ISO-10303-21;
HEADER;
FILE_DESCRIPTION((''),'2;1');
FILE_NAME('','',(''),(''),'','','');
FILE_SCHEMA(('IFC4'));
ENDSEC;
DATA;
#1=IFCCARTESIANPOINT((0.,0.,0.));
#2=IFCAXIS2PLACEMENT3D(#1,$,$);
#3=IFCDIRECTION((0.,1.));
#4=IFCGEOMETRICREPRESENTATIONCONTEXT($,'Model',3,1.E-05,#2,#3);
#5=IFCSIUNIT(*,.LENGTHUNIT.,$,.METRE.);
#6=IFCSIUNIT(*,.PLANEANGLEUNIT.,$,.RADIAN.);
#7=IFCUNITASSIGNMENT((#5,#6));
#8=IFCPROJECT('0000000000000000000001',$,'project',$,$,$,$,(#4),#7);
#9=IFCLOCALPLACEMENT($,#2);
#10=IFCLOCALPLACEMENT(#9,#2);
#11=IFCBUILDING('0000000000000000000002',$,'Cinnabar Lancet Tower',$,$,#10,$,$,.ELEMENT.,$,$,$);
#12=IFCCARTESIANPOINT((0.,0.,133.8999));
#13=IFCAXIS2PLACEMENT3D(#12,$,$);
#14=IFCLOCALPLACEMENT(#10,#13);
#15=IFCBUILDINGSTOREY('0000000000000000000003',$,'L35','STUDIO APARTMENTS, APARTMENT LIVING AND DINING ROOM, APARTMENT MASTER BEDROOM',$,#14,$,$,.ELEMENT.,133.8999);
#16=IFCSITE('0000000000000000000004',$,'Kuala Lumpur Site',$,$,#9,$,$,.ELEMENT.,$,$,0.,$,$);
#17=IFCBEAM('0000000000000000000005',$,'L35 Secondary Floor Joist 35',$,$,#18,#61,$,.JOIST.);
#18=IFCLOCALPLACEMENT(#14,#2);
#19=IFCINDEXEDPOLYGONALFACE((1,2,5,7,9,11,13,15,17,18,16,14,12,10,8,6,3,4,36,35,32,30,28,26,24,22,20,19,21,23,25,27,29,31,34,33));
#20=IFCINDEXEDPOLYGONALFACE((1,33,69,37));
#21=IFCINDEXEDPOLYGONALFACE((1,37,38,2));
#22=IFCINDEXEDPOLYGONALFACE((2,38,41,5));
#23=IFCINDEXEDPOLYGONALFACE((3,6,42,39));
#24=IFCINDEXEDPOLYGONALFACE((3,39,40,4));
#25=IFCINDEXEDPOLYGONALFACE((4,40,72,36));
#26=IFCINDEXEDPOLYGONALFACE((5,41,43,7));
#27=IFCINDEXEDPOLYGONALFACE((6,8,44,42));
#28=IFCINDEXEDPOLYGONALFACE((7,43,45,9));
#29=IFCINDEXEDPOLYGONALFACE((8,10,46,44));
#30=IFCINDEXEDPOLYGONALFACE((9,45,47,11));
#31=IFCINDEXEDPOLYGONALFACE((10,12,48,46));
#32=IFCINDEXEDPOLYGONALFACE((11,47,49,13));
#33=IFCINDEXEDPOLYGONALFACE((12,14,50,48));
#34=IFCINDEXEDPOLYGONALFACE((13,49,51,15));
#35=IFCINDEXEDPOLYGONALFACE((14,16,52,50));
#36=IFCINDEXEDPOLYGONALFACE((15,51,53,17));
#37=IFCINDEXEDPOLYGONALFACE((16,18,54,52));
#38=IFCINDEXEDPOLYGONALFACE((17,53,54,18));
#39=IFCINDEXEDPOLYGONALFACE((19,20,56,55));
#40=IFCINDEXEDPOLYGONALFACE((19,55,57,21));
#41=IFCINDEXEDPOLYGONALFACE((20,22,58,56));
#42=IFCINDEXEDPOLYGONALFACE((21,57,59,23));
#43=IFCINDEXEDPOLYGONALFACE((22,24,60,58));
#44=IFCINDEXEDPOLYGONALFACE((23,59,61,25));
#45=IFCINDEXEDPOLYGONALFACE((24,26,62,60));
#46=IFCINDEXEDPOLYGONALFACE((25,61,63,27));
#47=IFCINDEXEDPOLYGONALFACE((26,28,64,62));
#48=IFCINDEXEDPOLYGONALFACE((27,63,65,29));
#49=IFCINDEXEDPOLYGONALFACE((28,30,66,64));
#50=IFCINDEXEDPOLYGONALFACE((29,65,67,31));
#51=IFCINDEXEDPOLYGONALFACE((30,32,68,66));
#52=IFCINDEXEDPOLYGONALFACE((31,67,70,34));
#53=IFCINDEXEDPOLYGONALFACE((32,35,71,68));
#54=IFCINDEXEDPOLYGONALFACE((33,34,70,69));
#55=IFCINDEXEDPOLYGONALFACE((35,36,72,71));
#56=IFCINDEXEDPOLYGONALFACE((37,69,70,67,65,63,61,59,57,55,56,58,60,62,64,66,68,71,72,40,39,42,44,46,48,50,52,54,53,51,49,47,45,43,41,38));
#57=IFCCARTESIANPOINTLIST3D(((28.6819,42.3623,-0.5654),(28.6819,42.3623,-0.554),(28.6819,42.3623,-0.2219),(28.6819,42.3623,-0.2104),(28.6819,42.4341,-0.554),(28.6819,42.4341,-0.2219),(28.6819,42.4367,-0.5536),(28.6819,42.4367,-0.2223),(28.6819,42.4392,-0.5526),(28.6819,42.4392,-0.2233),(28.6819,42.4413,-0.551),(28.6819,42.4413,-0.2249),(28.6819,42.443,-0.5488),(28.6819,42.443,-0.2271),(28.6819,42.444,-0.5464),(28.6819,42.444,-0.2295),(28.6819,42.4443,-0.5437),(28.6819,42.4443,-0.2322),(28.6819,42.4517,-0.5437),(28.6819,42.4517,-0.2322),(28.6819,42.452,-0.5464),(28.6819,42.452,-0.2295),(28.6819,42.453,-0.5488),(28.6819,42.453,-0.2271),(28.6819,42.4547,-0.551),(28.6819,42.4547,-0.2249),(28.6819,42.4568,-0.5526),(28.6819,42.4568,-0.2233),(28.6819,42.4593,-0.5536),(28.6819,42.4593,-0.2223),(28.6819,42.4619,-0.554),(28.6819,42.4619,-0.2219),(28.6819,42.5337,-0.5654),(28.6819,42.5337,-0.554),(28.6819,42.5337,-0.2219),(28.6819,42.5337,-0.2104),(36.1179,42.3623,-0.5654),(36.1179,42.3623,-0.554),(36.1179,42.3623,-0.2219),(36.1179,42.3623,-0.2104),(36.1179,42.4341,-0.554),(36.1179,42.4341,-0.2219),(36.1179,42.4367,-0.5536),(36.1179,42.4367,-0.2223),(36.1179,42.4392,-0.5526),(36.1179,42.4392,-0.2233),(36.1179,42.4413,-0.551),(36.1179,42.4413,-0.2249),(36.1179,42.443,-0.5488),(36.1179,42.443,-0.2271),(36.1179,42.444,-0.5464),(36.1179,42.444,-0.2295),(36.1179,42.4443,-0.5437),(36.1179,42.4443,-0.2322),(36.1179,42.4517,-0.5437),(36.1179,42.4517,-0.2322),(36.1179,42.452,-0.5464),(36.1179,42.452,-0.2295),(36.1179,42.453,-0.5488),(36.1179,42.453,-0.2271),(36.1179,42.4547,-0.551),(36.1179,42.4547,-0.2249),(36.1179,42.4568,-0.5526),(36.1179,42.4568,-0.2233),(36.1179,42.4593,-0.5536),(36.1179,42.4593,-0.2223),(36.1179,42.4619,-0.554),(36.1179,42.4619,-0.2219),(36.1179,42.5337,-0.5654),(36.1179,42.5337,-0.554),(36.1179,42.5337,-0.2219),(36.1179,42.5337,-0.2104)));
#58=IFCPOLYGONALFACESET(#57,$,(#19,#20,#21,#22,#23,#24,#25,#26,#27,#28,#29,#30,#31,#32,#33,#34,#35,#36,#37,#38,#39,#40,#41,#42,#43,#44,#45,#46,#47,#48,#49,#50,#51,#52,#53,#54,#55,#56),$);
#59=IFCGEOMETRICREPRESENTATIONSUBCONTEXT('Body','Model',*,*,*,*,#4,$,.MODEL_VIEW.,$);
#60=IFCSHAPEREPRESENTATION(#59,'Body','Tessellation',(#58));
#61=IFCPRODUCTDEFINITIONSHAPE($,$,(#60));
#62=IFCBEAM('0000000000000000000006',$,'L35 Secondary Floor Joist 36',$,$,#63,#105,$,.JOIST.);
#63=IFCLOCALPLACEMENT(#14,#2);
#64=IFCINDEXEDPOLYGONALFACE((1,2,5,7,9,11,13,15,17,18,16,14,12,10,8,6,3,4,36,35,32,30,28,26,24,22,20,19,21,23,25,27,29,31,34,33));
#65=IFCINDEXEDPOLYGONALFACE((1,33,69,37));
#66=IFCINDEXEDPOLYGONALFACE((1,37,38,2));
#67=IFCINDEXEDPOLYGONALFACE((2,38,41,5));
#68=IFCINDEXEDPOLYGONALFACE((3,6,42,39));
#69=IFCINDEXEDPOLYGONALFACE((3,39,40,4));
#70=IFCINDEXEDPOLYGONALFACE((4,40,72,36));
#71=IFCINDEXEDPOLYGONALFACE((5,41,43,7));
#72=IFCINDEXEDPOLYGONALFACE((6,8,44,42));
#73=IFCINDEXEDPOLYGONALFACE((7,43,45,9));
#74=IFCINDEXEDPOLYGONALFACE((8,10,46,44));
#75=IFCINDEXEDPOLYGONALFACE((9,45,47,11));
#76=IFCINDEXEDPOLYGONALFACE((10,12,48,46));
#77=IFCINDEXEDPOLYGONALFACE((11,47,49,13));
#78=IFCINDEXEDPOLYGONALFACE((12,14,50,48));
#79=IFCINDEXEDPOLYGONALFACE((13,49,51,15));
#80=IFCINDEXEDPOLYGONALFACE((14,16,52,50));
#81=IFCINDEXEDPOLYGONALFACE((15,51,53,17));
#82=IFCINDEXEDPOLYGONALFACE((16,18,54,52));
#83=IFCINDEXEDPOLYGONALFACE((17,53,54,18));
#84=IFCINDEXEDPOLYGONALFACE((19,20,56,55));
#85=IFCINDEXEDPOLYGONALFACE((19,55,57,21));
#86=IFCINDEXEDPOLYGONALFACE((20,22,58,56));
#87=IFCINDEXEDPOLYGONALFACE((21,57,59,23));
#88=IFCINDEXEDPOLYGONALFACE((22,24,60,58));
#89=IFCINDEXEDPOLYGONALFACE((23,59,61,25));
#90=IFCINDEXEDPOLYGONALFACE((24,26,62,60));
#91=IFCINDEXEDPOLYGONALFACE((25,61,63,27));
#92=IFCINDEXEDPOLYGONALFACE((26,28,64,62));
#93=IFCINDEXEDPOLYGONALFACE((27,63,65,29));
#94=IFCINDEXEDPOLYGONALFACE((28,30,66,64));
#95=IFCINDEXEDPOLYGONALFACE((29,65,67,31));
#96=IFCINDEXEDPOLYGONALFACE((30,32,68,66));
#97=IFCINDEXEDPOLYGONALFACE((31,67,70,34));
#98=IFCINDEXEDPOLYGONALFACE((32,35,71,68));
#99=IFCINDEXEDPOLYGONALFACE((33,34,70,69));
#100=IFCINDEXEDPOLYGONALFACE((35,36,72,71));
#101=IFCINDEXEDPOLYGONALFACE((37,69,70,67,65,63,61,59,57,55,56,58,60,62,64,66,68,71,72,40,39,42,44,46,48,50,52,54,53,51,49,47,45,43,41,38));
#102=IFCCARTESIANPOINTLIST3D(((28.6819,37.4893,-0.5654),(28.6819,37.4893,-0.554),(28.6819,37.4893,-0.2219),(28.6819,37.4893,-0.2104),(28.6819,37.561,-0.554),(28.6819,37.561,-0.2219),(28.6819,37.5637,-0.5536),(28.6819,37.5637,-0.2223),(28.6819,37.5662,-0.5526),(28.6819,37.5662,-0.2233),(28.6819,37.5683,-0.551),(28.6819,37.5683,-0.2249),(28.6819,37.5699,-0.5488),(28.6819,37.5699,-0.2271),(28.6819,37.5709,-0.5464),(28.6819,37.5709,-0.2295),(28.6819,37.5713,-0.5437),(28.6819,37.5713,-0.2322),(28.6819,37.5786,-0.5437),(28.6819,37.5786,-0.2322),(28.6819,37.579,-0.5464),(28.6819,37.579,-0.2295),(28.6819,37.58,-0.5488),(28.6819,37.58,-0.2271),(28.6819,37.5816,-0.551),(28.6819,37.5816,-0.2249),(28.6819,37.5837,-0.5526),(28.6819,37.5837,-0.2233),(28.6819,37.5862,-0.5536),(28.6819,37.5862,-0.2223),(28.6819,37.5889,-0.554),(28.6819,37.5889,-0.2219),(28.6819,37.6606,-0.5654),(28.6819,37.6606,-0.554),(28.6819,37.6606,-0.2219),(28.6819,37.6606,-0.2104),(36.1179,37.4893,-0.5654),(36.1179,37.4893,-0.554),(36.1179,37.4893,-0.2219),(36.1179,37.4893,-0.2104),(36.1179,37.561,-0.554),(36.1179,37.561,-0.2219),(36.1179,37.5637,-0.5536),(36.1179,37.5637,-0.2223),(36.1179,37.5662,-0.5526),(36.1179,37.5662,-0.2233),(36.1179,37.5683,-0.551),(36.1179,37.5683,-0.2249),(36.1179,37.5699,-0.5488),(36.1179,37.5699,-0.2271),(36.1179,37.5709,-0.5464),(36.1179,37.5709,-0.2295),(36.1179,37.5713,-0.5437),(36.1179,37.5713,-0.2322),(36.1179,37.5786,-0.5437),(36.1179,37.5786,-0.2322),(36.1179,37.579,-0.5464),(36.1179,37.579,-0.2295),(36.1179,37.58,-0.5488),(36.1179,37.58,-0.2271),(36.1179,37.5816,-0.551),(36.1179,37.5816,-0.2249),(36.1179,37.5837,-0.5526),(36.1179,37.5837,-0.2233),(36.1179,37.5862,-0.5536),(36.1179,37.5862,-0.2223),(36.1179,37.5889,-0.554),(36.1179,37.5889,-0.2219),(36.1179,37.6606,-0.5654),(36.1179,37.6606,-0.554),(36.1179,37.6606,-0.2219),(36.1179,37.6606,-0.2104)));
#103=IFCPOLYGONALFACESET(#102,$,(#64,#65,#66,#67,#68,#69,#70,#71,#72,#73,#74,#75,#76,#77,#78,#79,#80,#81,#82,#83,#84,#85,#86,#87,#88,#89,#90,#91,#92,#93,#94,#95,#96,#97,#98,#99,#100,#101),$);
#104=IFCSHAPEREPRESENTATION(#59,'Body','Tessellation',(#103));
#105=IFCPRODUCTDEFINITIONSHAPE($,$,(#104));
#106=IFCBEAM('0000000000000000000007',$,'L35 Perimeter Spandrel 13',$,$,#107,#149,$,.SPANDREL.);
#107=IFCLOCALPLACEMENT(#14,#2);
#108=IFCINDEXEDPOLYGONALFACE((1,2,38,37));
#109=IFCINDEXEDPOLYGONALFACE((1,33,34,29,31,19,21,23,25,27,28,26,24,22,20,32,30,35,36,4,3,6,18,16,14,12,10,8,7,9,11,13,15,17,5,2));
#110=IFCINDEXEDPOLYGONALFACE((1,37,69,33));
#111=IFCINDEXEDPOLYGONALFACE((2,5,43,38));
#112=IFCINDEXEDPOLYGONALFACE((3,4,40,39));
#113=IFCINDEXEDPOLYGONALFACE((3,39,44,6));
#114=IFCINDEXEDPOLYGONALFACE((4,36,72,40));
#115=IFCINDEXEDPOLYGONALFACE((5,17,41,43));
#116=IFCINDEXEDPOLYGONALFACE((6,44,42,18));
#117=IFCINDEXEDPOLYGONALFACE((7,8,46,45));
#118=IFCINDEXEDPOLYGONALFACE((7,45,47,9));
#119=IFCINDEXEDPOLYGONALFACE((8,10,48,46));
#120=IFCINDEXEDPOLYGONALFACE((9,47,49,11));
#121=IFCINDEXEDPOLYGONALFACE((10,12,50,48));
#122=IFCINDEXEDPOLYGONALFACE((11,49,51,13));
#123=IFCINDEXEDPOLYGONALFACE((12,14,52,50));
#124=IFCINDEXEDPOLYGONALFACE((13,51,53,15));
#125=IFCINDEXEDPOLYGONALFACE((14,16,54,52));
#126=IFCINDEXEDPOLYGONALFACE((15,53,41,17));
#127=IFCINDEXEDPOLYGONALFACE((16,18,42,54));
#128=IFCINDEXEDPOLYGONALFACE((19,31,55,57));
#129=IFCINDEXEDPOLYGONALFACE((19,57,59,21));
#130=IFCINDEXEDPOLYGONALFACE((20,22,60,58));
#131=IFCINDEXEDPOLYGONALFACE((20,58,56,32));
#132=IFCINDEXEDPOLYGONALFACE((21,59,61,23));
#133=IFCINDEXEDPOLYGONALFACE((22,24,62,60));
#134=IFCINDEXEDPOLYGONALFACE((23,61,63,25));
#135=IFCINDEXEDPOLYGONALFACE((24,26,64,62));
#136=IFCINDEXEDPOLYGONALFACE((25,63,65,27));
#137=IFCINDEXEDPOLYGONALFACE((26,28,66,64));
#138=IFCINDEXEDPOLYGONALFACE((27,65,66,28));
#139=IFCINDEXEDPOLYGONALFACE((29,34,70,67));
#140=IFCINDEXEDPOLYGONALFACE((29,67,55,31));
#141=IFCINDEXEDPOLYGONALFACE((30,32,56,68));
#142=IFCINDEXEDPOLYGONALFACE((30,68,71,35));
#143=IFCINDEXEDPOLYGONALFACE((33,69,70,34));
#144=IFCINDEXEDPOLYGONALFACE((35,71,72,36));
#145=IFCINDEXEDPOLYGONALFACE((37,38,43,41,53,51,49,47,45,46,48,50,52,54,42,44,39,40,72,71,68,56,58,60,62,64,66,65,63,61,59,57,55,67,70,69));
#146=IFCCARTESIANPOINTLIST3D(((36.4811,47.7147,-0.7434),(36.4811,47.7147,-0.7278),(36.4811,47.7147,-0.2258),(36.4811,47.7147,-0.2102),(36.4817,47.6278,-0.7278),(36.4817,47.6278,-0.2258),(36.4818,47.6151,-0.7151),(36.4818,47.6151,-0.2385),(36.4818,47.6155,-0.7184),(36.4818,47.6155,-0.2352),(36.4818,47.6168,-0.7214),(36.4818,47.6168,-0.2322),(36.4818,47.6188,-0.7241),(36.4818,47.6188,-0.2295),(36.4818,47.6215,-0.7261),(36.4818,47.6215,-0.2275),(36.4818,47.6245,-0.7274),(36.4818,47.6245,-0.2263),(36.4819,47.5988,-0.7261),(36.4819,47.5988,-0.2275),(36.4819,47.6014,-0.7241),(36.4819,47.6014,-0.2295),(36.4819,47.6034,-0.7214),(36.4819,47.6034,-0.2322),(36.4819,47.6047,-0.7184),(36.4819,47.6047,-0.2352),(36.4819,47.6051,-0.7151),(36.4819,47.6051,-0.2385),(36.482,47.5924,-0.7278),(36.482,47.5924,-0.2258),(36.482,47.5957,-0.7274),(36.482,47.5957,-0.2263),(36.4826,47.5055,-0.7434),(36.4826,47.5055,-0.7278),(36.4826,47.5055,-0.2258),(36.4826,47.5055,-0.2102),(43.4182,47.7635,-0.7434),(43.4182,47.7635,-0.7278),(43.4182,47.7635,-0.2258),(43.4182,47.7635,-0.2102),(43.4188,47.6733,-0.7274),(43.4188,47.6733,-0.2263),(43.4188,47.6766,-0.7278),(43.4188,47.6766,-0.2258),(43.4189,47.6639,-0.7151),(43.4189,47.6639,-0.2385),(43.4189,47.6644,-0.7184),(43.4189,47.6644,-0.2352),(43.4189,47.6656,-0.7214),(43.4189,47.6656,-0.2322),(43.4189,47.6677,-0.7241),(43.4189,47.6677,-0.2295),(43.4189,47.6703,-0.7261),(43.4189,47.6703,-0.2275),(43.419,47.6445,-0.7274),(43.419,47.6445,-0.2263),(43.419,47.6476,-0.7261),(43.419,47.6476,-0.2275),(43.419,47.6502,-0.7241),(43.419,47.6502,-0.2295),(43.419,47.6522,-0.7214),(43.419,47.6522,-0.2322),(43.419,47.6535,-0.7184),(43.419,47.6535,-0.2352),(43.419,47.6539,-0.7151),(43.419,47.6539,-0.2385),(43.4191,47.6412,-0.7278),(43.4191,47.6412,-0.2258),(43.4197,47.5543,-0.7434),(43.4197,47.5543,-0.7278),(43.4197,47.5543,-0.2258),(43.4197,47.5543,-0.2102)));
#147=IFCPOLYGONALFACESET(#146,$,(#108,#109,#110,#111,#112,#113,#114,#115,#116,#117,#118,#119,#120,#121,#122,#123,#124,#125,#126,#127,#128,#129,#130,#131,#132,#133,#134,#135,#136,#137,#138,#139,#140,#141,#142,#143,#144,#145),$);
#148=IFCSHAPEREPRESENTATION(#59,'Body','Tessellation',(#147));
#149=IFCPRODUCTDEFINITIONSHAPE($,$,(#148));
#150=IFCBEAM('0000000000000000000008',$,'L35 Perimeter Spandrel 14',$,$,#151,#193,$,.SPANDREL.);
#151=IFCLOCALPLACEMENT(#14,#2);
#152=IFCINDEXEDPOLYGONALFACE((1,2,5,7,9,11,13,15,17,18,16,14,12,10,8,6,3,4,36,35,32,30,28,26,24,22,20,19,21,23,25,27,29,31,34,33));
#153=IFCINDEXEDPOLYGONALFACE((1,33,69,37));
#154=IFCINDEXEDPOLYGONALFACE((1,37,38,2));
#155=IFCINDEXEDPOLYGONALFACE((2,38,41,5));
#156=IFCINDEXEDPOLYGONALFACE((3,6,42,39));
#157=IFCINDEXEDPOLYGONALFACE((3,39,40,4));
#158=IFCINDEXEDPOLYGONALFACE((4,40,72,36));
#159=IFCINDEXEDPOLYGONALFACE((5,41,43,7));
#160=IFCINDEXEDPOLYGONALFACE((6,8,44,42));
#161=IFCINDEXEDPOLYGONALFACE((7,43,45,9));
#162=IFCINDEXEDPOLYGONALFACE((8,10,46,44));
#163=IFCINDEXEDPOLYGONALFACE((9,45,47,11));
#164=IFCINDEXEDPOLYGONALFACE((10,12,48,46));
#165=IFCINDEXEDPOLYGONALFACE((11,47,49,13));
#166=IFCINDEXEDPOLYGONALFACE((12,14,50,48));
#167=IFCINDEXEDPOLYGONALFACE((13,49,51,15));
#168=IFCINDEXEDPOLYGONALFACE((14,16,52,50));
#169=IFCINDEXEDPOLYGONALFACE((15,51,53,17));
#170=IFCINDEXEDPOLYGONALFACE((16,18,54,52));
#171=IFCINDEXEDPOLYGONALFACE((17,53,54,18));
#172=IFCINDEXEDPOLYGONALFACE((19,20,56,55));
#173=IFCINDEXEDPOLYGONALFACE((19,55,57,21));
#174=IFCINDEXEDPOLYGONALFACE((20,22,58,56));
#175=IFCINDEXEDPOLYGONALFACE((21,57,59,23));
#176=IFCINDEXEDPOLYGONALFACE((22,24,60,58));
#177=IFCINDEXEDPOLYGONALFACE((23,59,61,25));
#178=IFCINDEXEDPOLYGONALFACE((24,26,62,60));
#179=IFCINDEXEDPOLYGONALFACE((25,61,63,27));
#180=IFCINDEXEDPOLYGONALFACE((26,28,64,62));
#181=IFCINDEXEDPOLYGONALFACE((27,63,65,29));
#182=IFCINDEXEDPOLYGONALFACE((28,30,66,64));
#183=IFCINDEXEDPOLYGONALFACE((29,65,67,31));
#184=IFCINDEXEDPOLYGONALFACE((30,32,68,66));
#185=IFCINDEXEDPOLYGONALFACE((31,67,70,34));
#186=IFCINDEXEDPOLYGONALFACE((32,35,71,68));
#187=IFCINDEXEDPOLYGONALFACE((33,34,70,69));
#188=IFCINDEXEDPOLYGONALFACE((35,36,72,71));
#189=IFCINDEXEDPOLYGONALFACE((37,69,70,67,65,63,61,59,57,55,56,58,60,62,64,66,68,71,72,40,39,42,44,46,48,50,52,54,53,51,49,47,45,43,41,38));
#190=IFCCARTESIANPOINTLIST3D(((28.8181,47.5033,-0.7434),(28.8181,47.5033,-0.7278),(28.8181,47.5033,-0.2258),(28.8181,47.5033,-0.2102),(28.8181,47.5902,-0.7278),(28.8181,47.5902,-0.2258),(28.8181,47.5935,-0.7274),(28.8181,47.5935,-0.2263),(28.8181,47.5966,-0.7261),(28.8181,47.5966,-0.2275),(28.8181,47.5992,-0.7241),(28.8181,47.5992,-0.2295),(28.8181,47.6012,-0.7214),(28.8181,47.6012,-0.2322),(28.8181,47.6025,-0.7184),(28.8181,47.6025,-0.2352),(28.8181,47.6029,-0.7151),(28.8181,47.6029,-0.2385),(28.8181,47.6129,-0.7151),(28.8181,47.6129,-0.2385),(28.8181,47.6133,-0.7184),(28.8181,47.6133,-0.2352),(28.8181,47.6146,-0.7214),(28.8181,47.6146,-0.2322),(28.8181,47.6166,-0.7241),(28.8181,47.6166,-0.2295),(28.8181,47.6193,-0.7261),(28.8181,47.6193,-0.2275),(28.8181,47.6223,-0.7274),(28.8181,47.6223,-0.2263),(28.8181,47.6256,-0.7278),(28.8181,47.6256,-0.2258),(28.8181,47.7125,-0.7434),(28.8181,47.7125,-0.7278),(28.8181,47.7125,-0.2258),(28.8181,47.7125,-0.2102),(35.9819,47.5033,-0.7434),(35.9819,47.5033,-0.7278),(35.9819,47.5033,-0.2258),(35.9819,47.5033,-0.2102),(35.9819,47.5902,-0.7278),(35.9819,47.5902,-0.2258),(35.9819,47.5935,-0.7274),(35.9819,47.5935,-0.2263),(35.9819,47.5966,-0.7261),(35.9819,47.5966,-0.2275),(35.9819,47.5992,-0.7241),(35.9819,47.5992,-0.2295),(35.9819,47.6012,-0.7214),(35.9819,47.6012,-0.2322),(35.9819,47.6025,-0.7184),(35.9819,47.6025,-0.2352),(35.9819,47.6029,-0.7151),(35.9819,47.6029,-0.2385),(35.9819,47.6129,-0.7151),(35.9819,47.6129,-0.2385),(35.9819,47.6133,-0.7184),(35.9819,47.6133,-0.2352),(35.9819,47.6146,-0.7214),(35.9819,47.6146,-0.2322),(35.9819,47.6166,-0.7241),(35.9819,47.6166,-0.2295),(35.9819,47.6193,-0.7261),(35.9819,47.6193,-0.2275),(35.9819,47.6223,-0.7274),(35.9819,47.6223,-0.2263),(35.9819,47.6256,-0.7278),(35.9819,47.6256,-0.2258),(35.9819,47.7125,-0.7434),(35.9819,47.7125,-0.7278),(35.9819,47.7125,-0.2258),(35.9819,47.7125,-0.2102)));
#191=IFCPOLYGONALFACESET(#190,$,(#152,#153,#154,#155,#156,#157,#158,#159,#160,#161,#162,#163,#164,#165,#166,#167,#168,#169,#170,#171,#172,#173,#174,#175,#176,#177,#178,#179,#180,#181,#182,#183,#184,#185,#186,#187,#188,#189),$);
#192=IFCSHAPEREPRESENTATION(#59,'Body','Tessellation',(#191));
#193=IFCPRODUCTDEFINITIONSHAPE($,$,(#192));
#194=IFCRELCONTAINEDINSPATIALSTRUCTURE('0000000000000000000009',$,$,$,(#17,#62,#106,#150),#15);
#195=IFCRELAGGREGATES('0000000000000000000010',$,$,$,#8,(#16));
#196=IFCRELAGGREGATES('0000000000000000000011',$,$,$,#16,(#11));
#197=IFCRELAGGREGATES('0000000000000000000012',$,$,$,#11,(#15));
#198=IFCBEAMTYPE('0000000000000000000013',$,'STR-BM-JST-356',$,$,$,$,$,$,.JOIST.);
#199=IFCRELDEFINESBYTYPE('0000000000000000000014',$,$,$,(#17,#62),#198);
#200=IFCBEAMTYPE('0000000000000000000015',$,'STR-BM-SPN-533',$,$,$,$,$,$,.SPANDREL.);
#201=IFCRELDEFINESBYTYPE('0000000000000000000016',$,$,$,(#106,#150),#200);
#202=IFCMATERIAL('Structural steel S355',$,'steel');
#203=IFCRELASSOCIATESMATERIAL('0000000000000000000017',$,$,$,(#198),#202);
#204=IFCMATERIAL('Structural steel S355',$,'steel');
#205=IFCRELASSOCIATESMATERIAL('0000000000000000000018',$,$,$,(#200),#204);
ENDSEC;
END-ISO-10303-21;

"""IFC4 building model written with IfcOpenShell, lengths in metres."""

from ifc_helpers import new_model, si_unit, direction, frame, origin, origin_2d, place, context, subcontext, project, spatial, i_section, extrude, material, material_profile, profile_set, type_object, element, save


model = new_model("IFC4")

# Units and contexts
model_context = context("Model", 3, precision=1e-05, world=origin(), true_north=direction((0.0, 1.0)))
body_context = subcontext(model_context, "Body", "Model", "MODEL_VIEW")
ifc_project = project(units=[si_unit("LENGTHUNIT", "METRE"), si_unit("PLANEANGLEUNIT", "RADIAN")], contexts=[model_context])

# Site, building, storey
site_placement = place(None, origin())
site = spatial("IfcSite", under=ifc_project, at=site_placement, Name="Kuala Lumpur Site", CompositionType="ELEMENT", RefElevation=0.0)
building_placement = place(site_placement, origin())
building = spatial("IfcBuilding", under=site, at=building_placement, Name="Cinnabar Lancet Tower", CompositionType="ELEMENT")
storey_placement = place(building_placement, frame((0.0, 0.0, 133.8999)))
storey = spatial("IfcBuildingStorey", under=building, at=storey_placement, Name="L35", Description="STUDIO APARTMENTS, APARTMENT LIVING AND DINING ROOM, APARTMENT MASTER BEDROOM", CompositionType="ELEMENT", Elevation=133.8999)

# Beams
ifc_material_1 = material(Name="Structural steel S355", Category="steel")
ifc_material_profile_1 = material_profile(ifc_material_1, i_section(OverallWidth=0.1714, OverallDepth=0.355, WebThickness=0.0073, FlangeThickness=0.0115, FilletRadius=0.0103, at=origin_2d()), Name="UKB 356x171x51")
ifc_profile_set_1 = profile_set([ifc_material_profile_1], Name="Structural steel S355")
beam_type_1 = type_object("IfcBeamType", Name="STR-BM-JST-356", PredefinedType="JOIST", material=ifc_profile_set_1)
for number, where, z_axis, x_axis, name in (
    (1, (36.1179, 42.448, -0.3879), (-1.0, 0.0, 0.0), (0.0, -1.0, 0.0), "L35 Secondary Floor Joist 35"),
    (2, (36.1179, 37.575, -0.3879), (-1.0, 0.0, 0.0), (0.0, -1.0, 0.0), "L35 Secondary Floor Joist 36"),
):
    element("IfcBeam", number, at=place(storey_placement, frame(where, z_axis=z_axis, x_axis=x_axis)), inside=storey, type_object=beam_type_1, Name=name, PredefinedType="JOIST", context=body_context, shape_type="SweptSolid", body=[
        extrude(i_section(OverallWidth=0.1714, OverallDepth=0.355, WebThickness=0.0073, FlangeThickness=0.0115, FilletRadius=0.0103, at=origin_2d()), origin(), (0.0, 0.0, 1.0), 7.436),
    ])
ifc_material_2 = material(Name="Structural steel S355", Category="steel")
ifc_material_profile_2 = material_profile(ifc_material_2, i_section(OverallWidth=0.2092, OverallDepth=0.5332, WebThickness=0.01, FlangeThickness=0.0156, FilletRadius=0.0127, at=origin_2d()), Name="UKB 533x210x92")
ifc_profile_set_2 = profile_set([ifc_material_profile_2], Name="Structural steel S355")
beam_type_2 = type_object("IfcBeamType", Name="STR-BM-SPN-533", PredefinedType="SPANDREL", material=ifc_profile_set_2)
beam_1_placement = place(storey_placement, frame((43.4189, 47.6589, -0.4768), z_axis=(-0.999975, -0.007039, 0.0), x_axis=(0.007039, -0.999975, 0.0)))
element("IfcBeam", 3, at=beam_1_placement, inside=storey, type_object=beam_type_2, Name="L35 Perimeter Spandrel 13", PredefinedType="SPANDREL", context=body_context, shape_type="SweptSolid", body=[
    extrude(i_section(OverallWidth=0.2092, OverallDepth=0.5332, WebThickness=0.01, FlangeThickness=0.0156, FilletRadius=0.0127, at=origin_2d()), origin(), (0.0, 0.0, 1.0), 6.9373),
])
beam_2_placement = place(storey_placement, frame((35.9819, 47.6079, -0.4768), z_axis=(-1.0, 0.0, 0.0), x_axis=(0.0, -1.0, 0.0)))
element("IfcBeam", 4, at=beam_2_placement, inside=storey, type_object=beam_type_2, Name="L35 Perimeter Spandrel 14", PredefinedType="SPANDREL", context=body_context, shape_type="SweptSolid", body=[
    extrude(i_section(OverallWidth=0.2092, OverallDepth=0.5332, WebThickness=0.01, FlangeThickness=0.0156, FilletRadius=0.0127, at=origin_2d()), origin(), (0.0, 0.0, 1.0), 7.1638),
])

save(model, "model.ifc")
